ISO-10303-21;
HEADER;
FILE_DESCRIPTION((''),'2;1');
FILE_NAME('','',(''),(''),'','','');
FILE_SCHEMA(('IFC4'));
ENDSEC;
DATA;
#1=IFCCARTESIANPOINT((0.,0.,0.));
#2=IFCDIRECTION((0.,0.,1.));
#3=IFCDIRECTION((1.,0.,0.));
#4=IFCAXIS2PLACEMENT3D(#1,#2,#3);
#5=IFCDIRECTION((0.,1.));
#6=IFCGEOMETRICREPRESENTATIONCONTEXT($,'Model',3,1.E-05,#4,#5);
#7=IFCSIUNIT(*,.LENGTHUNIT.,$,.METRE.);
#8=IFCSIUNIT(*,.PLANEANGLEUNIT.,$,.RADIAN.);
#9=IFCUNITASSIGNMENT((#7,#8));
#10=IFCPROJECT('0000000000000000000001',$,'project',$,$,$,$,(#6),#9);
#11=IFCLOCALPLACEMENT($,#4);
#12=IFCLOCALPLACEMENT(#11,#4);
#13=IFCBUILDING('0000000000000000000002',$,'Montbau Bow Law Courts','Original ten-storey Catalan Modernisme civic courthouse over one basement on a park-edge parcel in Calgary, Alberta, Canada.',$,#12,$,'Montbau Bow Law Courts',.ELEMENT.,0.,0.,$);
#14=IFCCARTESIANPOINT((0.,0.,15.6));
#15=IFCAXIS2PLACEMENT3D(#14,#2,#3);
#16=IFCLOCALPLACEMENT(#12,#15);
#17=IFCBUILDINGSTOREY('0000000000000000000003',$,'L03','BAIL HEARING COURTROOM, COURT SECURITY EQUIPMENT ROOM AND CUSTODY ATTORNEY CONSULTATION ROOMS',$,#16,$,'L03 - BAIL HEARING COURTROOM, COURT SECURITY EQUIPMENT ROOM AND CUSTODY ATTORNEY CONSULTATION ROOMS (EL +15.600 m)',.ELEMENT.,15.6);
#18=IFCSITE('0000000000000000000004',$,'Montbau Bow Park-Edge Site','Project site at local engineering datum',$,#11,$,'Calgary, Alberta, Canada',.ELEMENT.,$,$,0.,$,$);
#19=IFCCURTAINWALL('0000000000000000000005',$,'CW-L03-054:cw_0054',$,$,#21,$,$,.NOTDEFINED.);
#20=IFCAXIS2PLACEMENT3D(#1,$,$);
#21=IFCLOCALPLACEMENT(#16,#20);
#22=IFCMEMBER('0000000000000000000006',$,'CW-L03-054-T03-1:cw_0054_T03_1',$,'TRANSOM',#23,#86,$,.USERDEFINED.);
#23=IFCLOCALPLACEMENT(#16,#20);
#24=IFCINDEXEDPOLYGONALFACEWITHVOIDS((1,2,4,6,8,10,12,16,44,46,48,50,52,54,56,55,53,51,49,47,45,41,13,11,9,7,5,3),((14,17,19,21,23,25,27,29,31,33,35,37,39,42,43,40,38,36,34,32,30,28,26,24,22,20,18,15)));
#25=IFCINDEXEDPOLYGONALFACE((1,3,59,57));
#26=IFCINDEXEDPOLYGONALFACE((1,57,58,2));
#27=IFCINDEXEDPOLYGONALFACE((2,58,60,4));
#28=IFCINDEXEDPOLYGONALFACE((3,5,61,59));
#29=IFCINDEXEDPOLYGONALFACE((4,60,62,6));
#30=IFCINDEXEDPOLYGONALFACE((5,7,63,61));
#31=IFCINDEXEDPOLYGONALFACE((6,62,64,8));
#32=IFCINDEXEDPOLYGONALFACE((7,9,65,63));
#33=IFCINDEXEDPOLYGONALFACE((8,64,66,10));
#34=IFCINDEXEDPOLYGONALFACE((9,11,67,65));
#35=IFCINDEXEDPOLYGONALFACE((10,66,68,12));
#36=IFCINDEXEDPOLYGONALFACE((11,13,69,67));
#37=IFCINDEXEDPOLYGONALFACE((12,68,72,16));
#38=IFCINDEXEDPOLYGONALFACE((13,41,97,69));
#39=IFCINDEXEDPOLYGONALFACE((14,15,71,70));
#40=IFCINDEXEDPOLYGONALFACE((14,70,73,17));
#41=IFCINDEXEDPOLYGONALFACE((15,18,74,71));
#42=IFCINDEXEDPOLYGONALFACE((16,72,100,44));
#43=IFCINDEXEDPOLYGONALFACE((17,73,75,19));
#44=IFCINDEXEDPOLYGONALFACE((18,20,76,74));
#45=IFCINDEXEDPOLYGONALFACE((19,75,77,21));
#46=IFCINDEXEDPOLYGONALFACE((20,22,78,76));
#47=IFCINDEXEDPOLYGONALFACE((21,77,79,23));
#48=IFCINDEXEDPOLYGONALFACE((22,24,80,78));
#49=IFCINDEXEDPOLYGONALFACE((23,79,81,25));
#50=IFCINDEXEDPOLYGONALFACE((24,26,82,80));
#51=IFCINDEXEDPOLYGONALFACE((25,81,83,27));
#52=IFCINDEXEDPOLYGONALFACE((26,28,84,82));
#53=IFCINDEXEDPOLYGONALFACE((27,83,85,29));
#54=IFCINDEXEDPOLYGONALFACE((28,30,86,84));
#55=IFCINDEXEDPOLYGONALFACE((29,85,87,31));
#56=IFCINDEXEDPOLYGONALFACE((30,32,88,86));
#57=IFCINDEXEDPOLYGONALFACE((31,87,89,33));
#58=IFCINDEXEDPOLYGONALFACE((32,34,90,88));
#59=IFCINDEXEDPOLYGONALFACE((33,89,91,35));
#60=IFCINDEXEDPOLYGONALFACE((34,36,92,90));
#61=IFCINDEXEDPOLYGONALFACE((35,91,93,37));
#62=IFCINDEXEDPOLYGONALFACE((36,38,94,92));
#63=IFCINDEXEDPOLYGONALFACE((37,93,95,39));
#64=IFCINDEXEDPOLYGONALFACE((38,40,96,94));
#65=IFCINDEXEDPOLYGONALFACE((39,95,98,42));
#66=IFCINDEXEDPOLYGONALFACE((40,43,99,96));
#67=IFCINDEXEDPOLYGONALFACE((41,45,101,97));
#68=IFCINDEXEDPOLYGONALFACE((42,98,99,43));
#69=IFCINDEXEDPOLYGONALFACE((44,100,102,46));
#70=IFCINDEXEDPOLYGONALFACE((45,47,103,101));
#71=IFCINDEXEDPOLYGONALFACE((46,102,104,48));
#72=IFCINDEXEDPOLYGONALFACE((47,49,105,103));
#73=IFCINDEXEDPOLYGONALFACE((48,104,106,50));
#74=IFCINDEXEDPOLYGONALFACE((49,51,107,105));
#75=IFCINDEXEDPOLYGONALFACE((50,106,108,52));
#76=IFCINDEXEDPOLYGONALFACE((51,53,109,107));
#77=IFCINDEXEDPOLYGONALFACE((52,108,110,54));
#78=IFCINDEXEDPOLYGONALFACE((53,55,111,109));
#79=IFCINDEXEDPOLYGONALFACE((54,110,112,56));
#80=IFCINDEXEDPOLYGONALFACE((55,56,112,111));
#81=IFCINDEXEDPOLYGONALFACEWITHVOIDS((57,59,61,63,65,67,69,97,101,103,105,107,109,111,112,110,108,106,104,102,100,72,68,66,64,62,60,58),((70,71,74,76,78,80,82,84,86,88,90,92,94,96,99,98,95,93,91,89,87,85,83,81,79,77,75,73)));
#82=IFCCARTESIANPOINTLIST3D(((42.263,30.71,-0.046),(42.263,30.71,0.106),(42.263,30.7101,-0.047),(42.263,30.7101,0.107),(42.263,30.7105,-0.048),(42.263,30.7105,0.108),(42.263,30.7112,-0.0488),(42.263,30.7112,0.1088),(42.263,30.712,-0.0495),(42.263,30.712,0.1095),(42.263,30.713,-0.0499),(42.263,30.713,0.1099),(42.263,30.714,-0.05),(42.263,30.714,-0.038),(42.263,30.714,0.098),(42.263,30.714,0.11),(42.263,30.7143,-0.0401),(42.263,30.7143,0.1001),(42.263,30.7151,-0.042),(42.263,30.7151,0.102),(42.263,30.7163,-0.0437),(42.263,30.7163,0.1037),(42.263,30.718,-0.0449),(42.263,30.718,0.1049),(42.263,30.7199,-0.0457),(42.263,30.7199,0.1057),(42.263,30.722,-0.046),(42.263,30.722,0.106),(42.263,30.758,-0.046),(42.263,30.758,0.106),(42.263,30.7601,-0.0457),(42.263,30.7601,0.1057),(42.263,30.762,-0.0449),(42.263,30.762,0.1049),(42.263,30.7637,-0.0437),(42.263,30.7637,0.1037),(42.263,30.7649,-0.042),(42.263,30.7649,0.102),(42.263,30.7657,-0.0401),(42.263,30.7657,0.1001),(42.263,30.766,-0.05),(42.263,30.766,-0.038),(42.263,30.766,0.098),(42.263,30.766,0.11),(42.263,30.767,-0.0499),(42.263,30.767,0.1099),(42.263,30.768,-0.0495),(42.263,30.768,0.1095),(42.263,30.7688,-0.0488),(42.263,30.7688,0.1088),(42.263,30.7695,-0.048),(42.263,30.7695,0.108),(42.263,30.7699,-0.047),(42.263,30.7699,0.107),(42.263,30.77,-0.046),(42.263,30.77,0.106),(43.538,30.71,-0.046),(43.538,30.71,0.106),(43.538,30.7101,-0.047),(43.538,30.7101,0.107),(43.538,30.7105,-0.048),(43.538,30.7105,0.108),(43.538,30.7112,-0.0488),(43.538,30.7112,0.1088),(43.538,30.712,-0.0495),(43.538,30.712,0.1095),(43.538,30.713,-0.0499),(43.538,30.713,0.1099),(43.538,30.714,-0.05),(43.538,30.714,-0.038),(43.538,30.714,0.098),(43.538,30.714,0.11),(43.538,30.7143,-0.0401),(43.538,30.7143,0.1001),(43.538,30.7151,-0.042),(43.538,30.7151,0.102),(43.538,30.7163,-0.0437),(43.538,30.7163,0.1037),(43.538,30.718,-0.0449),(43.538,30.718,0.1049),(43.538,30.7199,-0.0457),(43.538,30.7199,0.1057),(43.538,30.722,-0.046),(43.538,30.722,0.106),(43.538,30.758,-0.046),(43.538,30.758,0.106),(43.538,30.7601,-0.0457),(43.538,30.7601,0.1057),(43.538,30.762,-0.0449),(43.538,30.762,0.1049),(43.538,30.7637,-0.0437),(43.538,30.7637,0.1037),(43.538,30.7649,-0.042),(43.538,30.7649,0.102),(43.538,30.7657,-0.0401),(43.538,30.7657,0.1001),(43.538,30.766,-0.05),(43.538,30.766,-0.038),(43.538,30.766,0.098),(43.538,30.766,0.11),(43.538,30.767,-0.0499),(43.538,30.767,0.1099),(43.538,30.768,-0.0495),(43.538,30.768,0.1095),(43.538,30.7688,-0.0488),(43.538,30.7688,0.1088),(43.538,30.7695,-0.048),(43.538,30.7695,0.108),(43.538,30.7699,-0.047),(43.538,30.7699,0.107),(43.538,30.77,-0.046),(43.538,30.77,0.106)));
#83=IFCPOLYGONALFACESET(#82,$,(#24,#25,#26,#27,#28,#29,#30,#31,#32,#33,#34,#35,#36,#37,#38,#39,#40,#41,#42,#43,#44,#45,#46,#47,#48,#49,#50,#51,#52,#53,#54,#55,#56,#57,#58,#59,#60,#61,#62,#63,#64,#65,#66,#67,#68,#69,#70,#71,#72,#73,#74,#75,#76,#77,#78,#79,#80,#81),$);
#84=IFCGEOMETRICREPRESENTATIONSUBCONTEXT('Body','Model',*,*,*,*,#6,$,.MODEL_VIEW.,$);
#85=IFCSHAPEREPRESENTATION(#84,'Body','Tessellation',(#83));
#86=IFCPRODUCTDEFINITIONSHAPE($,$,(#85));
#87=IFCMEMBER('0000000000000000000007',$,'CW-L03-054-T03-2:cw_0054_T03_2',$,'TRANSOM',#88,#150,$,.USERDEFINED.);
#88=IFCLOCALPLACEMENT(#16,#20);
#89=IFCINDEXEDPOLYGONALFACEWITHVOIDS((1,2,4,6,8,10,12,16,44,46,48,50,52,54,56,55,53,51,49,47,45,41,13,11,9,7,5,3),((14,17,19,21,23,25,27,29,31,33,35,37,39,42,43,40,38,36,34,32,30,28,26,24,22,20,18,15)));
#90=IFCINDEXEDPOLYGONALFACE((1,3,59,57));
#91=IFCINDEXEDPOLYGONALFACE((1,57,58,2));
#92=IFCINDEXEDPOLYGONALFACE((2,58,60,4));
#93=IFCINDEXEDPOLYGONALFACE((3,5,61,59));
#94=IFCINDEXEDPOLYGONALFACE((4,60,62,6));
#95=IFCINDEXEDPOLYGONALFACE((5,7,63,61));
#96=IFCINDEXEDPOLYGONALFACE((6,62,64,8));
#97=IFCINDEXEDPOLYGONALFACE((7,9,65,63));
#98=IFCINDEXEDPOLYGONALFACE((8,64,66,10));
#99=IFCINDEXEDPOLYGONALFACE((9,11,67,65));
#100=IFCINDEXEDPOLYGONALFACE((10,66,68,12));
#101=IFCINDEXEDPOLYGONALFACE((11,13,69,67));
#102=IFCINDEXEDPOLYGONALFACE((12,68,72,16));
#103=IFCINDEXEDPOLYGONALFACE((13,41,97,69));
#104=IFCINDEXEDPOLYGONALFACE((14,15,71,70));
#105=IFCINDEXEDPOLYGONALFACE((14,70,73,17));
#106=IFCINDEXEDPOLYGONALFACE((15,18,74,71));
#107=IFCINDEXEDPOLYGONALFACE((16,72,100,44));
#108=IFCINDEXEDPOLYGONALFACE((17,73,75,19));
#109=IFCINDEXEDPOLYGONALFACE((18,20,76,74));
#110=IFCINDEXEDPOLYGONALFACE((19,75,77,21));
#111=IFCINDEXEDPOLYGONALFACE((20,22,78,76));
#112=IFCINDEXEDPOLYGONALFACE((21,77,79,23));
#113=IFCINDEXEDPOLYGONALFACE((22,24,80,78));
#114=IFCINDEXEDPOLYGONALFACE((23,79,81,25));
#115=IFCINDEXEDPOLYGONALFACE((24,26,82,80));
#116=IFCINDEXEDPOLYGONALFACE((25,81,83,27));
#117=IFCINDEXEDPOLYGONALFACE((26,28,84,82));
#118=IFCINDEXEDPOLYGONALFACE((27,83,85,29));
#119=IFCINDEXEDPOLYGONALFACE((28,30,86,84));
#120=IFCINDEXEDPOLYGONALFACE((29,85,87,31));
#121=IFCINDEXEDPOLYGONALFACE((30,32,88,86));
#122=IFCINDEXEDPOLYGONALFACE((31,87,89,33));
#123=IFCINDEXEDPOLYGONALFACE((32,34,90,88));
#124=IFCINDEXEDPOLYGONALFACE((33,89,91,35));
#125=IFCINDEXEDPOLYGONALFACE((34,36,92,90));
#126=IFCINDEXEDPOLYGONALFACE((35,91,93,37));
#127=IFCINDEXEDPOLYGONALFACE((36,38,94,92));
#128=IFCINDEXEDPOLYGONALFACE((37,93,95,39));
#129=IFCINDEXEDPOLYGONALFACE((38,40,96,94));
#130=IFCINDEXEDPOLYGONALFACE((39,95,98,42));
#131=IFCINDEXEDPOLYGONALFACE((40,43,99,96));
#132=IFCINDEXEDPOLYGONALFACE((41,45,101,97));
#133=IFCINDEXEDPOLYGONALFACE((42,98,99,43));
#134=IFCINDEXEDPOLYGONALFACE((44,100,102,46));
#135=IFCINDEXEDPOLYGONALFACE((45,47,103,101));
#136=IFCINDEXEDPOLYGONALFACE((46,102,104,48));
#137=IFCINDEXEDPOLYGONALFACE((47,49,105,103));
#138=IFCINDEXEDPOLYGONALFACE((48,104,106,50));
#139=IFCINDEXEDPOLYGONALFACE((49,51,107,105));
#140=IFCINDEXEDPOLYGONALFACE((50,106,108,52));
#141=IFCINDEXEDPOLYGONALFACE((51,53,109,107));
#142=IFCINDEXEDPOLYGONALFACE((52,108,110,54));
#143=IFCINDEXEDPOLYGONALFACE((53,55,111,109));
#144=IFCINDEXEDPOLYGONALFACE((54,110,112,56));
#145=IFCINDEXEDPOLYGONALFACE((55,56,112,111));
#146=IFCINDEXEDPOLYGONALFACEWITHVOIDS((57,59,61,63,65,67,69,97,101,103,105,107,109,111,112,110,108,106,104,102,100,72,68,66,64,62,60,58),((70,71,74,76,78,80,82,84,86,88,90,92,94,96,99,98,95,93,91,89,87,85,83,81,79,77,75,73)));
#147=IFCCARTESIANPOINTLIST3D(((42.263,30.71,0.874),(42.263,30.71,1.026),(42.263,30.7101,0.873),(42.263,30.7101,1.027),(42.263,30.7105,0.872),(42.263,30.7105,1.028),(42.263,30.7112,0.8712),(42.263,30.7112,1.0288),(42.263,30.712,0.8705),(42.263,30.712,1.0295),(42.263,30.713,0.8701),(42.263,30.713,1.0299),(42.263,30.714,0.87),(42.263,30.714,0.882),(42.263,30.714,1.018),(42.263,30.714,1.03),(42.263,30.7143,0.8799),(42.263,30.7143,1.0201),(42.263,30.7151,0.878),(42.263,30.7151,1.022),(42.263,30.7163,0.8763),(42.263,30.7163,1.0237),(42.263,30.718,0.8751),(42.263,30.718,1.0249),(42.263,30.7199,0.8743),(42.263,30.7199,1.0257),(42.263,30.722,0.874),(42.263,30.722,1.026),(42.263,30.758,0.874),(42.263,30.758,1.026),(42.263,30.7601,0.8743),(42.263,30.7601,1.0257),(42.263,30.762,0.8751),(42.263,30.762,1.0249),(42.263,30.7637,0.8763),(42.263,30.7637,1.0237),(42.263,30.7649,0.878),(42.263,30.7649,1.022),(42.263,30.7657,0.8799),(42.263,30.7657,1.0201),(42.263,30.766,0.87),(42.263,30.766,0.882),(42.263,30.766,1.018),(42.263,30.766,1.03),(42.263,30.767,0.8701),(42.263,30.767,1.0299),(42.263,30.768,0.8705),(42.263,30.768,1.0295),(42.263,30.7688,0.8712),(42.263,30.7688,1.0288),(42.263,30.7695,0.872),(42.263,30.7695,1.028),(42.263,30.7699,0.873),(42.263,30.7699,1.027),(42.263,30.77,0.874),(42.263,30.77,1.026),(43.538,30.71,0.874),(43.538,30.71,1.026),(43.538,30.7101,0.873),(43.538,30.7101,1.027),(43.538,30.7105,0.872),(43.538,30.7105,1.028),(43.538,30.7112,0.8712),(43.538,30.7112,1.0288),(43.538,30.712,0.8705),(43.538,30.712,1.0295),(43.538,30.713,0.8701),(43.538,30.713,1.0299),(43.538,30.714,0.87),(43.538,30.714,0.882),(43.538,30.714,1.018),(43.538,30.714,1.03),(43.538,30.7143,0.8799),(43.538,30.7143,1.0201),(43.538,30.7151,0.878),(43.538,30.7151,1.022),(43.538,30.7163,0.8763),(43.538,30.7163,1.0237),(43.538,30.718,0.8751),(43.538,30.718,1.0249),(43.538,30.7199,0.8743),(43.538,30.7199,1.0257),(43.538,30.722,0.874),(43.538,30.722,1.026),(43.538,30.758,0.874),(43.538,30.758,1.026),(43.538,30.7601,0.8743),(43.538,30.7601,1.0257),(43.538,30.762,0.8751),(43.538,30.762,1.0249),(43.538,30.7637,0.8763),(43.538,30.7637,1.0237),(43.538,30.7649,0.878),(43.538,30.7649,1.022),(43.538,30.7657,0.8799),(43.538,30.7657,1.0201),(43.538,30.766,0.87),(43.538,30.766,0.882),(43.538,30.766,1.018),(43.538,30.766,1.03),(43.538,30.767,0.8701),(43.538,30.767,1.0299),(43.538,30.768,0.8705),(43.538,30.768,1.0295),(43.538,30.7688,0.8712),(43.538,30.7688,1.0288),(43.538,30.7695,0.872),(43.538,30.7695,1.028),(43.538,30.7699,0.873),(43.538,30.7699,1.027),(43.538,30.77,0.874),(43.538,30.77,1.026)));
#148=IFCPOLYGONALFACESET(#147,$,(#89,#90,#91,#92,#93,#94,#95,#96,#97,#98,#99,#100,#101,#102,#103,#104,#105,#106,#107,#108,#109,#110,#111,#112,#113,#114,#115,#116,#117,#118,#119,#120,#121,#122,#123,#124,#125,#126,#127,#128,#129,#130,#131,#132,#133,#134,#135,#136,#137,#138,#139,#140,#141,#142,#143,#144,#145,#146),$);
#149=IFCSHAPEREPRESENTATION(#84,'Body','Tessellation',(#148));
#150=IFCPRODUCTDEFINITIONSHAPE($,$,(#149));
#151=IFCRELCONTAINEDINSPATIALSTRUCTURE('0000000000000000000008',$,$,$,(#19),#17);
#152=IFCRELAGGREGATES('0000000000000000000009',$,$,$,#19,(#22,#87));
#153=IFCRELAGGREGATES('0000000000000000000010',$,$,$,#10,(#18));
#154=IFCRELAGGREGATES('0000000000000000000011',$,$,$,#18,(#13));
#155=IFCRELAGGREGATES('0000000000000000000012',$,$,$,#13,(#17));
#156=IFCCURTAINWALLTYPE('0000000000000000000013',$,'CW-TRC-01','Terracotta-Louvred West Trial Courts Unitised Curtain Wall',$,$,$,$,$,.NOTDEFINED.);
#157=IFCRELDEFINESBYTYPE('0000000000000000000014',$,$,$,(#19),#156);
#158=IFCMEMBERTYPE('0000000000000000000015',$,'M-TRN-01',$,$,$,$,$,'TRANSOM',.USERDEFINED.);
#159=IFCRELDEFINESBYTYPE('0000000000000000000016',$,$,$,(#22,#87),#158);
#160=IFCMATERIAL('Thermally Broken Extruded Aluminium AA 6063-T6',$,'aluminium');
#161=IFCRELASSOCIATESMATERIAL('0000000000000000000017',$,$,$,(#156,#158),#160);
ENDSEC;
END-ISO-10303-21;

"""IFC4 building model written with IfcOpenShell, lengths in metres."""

from ifc_helpers import new_model, si_unit, direction, frame, origin_with_axes, origin_2d_with_axis, place, context, subcontext, project, spatial, hollow_rectangle, extrude, material, material_profile, profile_set, type_object, element, aggregate, save


model = new_model("IFC4")

# Units and contexts
model_context = context("Model", 3, precision=1e-05, world=origin_with_axes(), true_north=direction((0.0, 1.0)))
body_context = subcontext(model_context, "Body", "Model", "MODEL_VIEW")
ifc_project = project(units=[si_unit("LENGTHUNIT", "METRE"), si_unit("PLANEANGLEUNIT", "RADIAN")], contexts=[model_context])

# Site, building, storey
site_placement = place(None, origin_with_axes())
site = spatial("IfcSite", under=ifc_project, at=site_placement, Name="Montbau Bow Park-Edge Site", Description="Project site at local engineering datum", LongName="Calgary, Alberta, Canada", CompositionType="ELEMENT", RefElevation=0.0)
building_placement = place(site_placement, origin_with_axes())
building = spatial("IfcBuilding", under=site, at=building_placement, Name="Montbau Bow Law Courts", Description="Original ten-storey Catalan Modernisme civic courthouse over one basement on a park-edge parcel in Calgary, Alberta, Canada.", LongName="Montbau Bow Law Courts", CompositionType="ELEMENT", ElevationOfRefHeight=0.0, ElevationOfTerrain=0.0)
storey_placement = place(building_placement, frame((0.0, 0.0, 15.6), z_axis=(0.0, 0.0, 1.0), x_axis=(1.0, 0.0, 0.0)))
storey = spatial("IfcBuildingStorey", under=building, at=storey_placement, Name="L03", Description="BAIL HEARING COURTROOM, COURT SECURITY EQUIPMENT ROOM AND CUSTODY ATTORNEY CONSULTATION ROOMS", LongName="L03 - BAIL HEARING COURTROOM, COURT SECURITY EQUIPMENT ROOM AND CUSTODY ATTORNEY CONSULTATION ROOMS (EL +15.600 m)", CompositionType="ELEMENT", Elevation=15.6)

# Curtain wall, members
ifc_material_1 = material(Name="Thermally Broken Extruded Aluminium AA 6063-T6", Category="aluminium")
curtain_wall_type = type_object("IfcCurtainWallType", Name="CW-TRC-01", Description="Terracotta-Louvred West Trial Courts Unitised Curtain Wall", PredefinedType="NOTDEFINED", material=ifc_material_1)
curtain_wall_placement = place(None, frame((39.515, 30.74, 15.6), z_axis=(0.0, 0.0, 1.0), x_axis=(1.0, 0.0, 0.0)))
curtain_wall = element("IfcCurtainWall", 1, at=curtain_wall_placement, inside=storey, type_object=curtain_wall_type, Name="CW-L03-054:cw_0054", PredefinedType="NOTDEFINED")
ifc_material_profile_1 = material_profile(ifc_material_1, hollow_rectangle(XDim=0.06, YDim=0.16, WallThickness=0.004, InnerFilletRadius=0.008, OuterFilletRadius=0.004, at=origin_2d_with_axis()), Name="CWT-160X60", Category="Main", Priority=0)
ifc_profile_set_1 = profile_set([ifc_material_profile_1], Name="Thermally Broken Extruded Aluminium AA 6063-T6")
member_type_1 = type_object("IfcMemberType", Name="M-TRN-01", ElementType="TRANSOM", PredefinedType="USERDEFINED", material=ifc_profile_set_1)
member_1_placement = place(None, frame((42.263, 30.74, 15.63), z_axis=(1.0, 0.0, 0.0), x_axis=(0.0, 1.0, 0.0)))
member_1 = element("IfcMember", 2, at=member_1_placement, type_object=member_type_1, Name="CW-L03-054-T03-1:cw_0054_T03_1", ObjectType="TRANSOM", PredefinedType="USERDEFINED", context=body_context, shape_type="SweptSolid", body=[
    extrude(hollow_rectangle(XDim=0.06, YDim=0.16, WallThickness=0.004, InnerFilletRadius=0.008, OuterFilletRadius=0.004, at=origin_2d_with_axis()), origin_with_axes(), (0.0, 0.0, 1.0), 1.275),
])
member_2_placement = place(None, frame((42.263, 30.74, 16.55), z_axis=(1.0, 0.0, 0.0), x_axis=(0.0, 1.0, 0.0)))
member_2 = element("IfcMember", 3, at=member_2_placement, type_object=member_type_1, Name="CW-L03-054-T03-2:cw_0054_T03_2", ObjectType="TRANSOM", PredefinedType="USERDEFINED", context=body_context, shape_type="SweptSolid", body=[
    extrude(hollow_rectangle(XDim=0.06, YDim=0.16, WallThickness=0.004, InnerFilletRadius=0.008, OuterFilletRadius=0.004, at=origin_2d_with_axis()), origin_with_axes(), (0.0, 0.0, 1.0), 1.275),
])
aggregate(curtain_wall, [member_1, member_2])

save(model, "model.ifc")
